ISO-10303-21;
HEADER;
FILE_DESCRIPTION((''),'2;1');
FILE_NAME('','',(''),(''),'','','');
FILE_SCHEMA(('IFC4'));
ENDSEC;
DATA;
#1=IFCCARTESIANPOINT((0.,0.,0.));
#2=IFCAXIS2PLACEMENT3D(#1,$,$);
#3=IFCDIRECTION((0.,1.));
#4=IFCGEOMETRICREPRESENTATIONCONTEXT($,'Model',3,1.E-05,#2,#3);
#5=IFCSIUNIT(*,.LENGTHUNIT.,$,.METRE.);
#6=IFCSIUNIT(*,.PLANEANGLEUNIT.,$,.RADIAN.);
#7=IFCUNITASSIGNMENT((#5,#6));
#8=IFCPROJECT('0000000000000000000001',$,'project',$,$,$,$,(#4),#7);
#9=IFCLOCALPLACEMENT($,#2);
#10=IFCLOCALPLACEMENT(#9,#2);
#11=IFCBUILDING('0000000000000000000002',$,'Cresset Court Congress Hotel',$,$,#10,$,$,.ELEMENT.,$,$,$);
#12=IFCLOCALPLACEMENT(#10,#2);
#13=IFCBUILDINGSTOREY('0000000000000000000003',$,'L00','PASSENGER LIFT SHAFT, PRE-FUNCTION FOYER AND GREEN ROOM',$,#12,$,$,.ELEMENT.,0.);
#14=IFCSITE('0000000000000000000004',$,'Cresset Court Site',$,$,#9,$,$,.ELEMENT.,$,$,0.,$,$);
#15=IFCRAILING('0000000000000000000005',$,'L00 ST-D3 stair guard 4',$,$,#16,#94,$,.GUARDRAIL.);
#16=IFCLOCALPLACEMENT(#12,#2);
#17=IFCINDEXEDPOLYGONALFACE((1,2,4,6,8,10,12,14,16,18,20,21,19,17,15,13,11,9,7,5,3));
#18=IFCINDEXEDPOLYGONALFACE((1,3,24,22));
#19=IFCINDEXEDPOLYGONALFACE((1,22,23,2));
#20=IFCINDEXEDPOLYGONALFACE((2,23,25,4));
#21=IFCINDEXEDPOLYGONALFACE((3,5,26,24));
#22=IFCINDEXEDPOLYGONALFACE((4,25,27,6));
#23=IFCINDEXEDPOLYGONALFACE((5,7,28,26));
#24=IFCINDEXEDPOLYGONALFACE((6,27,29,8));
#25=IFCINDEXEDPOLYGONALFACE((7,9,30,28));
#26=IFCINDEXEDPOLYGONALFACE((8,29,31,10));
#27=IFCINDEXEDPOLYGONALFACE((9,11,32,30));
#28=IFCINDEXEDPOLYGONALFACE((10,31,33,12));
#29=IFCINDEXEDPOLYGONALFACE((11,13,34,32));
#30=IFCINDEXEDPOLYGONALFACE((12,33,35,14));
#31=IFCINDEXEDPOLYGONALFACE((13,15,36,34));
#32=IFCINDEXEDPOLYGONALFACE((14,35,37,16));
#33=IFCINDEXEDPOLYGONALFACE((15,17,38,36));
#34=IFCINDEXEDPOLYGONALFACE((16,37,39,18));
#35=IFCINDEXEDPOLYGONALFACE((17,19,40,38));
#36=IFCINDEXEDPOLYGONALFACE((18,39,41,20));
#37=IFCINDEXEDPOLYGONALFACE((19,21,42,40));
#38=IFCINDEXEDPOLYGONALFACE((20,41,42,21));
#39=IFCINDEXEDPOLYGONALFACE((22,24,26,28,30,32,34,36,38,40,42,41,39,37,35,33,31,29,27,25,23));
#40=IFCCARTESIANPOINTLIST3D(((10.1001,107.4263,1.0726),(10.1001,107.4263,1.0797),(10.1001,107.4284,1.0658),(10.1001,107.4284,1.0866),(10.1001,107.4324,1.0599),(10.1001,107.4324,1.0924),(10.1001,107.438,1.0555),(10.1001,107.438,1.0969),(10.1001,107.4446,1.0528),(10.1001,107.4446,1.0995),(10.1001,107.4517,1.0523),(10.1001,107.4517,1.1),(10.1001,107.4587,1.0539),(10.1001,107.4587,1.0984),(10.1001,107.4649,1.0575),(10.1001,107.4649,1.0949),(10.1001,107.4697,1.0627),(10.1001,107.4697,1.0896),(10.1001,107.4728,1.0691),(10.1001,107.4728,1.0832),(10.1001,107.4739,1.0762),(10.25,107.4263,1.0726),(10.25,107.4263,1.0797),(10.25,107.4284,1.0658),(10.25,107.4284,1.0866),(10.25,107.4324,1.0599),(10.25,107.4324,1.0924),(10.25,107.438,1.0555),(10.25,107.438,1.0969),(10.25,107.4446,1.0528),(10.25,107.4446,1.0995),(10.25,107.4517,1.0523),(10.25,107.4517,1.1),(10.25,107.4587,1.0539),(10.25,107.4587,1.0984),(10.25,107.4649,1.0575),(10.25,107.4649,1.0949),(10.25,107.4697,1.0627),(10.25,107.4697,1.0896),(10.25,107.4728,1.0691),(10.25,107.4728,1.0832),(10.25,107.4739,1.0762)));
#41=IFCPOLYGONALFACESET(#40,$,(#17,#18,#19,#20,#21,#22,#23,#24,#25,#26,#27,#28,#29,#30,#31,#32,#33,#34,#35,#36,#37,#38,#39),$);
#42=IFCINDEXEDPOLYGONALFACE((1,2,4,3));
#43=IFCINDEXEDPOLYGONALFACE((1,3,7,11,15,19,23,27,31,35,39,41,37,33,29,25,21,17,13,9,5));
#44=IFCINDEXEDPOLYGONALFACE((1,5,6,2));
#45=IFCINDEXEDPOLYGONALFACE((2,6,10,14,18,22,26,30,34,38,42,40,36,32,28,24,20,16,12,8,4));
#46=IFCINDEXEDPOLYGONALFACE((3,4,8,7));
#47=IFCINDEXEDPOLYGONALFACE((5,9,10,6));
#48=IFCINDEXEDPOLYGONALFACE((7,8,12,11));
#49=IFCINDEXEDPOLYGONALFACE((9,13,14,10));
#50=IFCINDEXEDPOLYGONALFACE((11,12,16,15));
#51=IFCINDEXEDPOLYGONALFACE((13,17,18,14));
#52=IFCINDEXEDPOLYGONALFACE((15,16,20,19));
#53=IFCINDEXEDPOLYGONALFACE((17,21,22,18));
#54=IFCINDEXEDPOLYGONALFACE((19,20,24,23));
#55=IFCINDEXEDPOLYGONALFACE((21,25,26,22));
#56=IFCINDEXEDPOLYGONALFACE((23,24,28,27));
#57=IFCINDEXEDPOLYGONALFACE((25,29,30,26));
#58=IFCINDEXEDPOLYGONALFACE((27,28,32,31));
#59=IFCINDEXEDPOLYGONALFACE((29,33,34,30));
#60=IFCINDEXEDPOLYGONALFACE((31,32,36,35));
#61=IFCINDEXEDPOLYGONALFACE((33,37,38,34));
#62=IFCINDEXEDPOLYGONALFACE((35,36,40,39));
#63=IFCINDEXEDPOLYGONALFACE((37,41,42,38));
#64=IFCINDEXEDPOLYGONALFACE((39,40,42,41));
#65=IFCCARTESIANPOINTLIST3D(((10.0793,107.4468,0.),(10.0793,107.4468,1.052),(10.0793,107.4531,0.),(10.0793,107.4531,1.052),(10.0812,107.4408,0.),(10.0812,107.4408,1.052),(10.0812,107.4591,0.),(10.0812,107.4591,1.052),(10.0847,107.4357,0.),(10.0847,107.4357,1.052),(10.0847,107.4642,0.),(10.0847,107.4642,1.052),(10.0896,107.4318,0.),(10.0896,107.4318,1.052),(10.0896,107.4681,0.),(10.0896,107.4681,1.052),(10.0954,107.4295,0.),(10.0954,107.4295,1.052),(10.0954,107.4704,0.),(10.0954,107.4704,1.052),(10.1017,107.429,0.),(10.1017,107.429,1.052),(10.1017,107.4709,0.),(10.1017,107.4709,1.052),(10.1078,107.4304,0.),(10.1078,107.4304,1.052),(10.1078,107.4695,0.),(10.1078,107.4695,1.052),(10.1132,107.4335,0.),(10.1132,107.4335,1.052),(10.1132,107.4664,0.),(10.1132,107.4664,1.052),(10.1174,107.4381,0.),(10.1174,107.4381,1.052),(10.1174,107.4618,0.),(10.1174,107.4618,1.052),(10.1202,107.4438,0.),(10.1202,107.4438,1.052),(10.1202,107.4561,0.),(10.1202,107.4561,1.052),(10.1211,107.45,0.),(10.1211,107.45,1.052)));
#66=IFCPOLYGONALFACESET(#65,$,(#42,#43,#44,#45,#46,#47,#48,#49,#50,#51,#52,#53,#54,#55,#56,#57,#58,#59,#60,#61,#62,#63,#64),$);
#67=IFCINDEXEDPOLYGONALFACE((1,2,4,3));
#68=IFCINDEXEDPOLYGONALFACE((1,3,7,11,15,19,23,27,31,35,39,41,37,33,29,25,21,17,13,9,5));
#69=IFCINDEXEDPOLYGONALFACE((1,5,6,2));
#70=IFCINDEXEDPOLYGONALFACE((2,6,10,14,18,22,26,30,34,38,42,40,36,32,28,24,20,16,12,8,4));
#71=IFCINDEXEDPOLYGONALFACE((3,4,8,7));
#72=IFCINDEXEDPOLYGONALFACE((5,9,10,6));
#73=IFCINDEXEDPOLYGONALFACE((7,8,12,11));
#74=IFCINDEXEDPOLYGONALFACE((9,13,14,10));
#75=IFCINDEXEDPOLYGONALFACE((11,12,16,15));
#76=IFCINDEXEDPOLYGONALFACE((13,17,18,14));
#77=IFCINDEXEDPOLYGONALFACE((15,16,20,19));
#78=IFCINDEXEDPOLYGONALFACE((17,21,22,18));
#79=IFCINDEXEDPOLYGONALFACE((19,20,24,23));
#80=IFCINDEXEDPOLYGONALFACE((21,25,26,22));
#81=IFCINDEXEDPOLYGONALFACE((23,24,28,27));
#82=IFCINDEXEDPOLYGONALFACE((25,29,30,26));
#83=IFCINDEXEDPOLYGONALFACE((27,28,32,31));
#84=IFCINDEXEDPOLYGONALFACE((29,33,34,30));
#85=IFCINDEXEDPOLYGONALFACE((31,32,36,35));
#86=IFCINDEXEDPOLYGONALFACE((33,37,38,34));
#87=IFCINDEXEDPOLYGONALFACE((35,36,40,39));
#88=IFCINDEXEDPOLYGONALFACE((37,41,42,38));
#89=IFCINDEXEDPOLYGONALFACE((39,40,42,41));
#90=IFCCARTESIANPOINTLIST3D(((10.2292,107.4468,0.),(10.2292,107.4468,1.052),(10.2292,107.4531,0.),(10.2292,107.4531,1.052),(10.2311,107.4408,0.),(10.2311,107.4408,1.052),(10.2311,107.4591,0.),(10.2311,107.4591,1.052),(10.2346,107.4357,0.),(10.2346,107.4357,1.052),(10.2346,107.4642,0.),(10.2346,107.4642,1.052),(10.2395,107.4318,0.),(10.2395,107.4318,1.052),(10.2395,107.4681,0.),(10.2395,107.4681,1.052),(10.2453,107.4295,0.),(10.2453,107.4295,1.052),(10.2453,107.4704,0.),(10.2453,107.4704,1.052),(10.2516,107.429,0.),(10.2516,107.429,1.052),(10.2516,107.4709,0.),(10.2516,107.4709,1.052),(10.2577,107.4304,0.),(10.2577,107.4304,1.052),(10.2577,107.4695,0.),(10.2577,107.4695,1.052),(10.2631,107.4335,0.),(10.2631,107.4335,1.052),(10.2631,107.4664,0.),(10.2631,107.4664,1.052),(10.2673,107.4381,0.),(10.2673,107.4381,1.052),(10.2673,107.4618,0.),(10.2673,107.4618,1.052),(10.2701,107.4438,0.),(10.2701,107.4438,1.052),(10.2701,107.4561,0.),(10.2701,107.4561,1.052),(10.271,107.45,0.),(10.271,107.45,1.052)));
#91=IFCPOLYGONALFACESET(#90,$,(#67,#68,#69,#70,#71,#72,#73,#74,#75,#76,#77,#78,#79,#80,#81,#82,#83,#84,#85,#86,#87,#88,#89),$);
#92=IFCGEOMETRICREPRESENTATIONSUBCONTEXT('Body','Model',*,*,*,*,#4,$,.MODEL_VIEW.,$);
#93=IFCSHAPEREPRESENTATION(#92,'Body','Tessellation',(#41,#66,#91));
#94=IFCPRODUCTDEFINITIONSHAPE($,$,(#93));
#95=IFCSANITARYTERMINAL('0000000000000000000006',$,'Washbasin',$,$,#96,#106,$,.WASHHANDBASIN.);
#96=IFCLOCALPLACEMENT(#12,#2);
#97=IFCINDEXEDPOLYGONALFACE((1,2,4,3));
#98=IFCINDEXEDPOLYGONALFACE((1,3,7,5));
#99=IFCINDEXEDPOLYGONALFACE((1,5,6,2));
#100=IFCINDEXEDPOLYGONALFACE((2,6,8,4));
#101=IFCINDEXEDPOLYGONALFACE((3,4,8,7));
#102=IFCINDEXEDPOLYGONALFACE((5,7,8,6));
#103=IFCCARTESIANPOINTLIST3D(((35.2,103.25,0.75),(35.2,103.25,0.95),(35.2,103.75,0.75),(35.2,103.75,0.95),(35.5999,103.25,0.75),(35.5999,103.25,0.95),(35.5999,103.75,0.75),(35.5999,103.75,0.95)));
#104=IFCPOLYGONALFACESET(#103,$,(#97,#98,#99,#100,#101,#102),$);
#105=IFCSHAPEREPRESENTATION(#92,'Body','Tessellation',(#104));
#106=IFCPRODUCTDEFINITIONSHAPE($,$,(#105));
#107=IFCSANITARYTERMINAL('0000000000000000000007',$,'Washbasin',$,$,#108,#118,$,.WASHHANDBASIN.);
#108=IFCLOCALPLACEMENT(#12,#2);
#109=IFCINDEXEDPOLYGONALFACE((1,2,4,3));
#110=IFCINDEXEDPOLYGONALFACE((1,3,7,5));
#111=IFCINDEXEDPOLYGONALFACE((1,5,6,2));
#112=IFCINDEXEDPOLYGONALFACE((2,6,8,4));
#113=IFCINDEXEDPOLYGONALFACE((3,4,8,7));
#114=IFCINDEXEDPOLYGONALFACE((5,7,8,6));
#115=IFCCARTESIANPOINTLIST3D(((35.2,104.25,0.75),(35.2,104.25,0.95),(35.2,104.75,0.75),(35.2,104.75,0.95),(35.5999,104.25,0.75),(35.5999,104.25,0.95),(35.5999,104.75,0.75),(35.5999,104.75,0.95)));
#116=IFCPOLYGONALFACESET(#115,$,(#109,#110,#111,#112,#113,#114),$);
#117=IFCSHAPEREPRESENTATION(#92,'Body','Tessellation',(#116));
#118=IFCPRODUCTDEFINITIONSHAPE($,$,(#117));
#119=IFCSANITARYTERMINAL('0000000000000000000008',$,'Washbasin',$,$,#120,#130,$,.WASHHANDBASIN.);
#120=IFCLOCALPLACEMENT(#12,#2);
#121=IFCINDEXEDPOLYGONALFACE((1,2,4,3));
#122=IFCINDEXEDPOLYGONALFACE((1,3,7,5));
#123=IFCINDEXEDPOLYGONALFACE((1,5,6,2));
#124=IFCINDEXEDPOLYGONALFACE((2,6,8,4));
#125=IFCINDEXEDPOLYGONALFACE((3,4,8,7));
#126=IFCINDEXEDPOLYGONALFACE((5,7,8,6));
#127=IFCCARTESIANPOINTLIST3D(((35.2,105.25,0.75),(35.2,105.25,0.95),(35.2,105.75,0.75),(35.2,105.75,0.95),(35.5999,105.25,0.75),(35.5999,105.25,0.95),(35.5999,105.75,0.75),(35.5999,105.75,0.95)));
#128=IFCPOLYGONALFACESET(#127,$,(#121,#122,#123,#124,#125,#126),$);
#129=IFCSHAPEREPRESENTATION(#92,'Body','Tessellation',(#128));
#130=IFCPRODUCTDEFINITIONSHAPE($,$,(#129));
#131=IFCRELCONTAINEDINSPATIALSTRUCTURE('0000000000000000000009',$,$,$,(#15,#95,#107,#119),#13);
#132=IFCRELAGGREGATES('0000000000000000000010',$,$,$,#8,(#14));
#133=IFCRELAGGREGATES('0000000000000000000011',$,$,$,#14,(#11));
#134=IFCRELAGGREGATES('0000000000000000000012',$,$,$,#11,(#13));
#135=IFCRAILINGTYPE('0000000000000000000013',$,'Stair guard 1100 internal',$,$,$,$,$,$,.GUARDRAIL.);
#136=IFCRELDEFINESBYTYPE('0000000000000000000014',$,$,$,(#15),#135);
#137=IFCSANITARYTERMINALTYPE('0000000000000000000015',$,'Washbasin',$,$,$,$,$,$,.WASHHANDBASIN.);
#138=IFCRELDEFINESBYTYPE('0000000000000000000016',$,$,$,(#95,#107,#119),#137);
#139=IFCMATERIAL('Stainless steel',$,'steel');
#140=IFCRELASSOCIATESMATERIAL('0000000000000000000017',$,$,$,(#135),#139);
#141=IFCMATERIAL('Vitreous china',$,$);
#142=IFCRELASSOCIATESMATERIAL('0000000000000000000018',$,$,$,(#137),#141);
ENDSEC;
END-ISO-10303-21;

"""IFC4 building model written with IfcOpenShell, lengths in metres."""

from ifc_helpers import new_model, si_unit, direction, frame, origin, origin_2d, place, context, subcontext, project, spatial, rectangle, circle, extrude, material, type_object, element, save


model = new_model("IFC4")

# Units and contexts
model_context = context("Model", 3, precision=1e-05, world=origin(), true_north=direction((0.0, 1.0)))
body_context = subcontext(model_context, "Body", "Model", "MODEL_VIEW")
ifc_project = project(units=[si_unit("LENGTHUNIT", "METRE"), si_unit("PLANEANGLEUNIT", "RADIAN")], contexts=[model_context])

# Site, building, storey
site_placement = place(None, origin())
site = spatial("IfcSite", under=ifc_project, at=site_placement, Name="Cresset Court Site", CompositionType="ELEMENT", RefElevation=0.0)
building_placement = place(site_placement, origin())
building = spatial("IfcBuilding", under=site, at=building_placement, Name="Cresset Court Congress Hotel", CompositionType="ELEMENT")
storey_placement = place(building_placement, origin())
storey = spatial("IfcBuildingStorey", under=building, at=storey_placement, Name="L00", Description="PASSENGER LIFT SHAFT, PRE-FUNCTION FOYER AND GREEN ROOM", CompositionType="ELEMENT", Elevation=0.0)

# Railing
ifc_material_1 = material(Name="Stainless steel", Category="steel")
railing_type_1 = type_object("IfcRailingType", Name="Stair guard 1100 internal", PredefinedType="GUARDRAIL", material=ifc_material_1)
railing_1_placement = place(storey_placement, frame((10.1001, 107.45, 0.0)))
element("IfcRailing", 1, at=railing_1_placement, inside=storey, type_object=railing_type_1, Name="L00 ST-D3 stair guard 4", PredefinedType="GUARDRAIL", context=body_context, shape_type="SweptSolid", body=[
    extrude(circle(Radius=0.0239, at=origin_2d()), frame((0.0, 0.0, 1.0762), z_axis=(1.0, 0.0, 0.0), x_axis=(0.0, 1.0, 0.0)), (0.0, 0.0, 1.0), 0.1499),
    extrude(circle(Radius=0.021, at=origin_2d()), origin(), (0.0, 0.0, 1.0), 1.052),
    extrude(circle(Radius=0.021, at=origin_2d()), frame((0.1499, 0.0, 0.0)), (0.0, 0.0, 1.0), 1.052),
])

# Sanitary terminals
ifc_material_2 = material(Name="Vitreous china")
sanitary_terminal_type = type_object("IfcSanitaryTerminalType", Name="Washbasin", PredefinedType="WASHHANDBASIN", material=ifc_material_2)
for number, where, z_axis, x_axis, name in (
    (2, (35.3999, 103.5, 0.75), (0.0, 0.0, 1.0), (0.0, 1.0, 0.0), "Washbasin"),
    (3, (35.3999, 104.5, 0.75), (0.0, 0.0, 1.0), (0.0, 1.0, 0.0), "Washbasin"),
    (4, (35.3999, 105.5, 0.75), (0.0, 0.0, 1.0), (0.0, 1.0, 0.0), "Washbasin"),
):
    element("IfcSanitaryTerminal", number, at=place(storey_placement, frame(where, z_axis=z_axis, x_axis=x_axis)), inside=storey, type_object=sanitary_terminal_type, Name=name, PredefinedType="WASHHANDBASIN", context=body_context, shape_type="SweptSolid", body=[
        extrude(rectangle(XDim=0.5, YDim=0.3999, at=origin_2d()), origin(), (0.0, 0.0, 1.0), 0.2),
    ])

save(model, "model.ifc")
